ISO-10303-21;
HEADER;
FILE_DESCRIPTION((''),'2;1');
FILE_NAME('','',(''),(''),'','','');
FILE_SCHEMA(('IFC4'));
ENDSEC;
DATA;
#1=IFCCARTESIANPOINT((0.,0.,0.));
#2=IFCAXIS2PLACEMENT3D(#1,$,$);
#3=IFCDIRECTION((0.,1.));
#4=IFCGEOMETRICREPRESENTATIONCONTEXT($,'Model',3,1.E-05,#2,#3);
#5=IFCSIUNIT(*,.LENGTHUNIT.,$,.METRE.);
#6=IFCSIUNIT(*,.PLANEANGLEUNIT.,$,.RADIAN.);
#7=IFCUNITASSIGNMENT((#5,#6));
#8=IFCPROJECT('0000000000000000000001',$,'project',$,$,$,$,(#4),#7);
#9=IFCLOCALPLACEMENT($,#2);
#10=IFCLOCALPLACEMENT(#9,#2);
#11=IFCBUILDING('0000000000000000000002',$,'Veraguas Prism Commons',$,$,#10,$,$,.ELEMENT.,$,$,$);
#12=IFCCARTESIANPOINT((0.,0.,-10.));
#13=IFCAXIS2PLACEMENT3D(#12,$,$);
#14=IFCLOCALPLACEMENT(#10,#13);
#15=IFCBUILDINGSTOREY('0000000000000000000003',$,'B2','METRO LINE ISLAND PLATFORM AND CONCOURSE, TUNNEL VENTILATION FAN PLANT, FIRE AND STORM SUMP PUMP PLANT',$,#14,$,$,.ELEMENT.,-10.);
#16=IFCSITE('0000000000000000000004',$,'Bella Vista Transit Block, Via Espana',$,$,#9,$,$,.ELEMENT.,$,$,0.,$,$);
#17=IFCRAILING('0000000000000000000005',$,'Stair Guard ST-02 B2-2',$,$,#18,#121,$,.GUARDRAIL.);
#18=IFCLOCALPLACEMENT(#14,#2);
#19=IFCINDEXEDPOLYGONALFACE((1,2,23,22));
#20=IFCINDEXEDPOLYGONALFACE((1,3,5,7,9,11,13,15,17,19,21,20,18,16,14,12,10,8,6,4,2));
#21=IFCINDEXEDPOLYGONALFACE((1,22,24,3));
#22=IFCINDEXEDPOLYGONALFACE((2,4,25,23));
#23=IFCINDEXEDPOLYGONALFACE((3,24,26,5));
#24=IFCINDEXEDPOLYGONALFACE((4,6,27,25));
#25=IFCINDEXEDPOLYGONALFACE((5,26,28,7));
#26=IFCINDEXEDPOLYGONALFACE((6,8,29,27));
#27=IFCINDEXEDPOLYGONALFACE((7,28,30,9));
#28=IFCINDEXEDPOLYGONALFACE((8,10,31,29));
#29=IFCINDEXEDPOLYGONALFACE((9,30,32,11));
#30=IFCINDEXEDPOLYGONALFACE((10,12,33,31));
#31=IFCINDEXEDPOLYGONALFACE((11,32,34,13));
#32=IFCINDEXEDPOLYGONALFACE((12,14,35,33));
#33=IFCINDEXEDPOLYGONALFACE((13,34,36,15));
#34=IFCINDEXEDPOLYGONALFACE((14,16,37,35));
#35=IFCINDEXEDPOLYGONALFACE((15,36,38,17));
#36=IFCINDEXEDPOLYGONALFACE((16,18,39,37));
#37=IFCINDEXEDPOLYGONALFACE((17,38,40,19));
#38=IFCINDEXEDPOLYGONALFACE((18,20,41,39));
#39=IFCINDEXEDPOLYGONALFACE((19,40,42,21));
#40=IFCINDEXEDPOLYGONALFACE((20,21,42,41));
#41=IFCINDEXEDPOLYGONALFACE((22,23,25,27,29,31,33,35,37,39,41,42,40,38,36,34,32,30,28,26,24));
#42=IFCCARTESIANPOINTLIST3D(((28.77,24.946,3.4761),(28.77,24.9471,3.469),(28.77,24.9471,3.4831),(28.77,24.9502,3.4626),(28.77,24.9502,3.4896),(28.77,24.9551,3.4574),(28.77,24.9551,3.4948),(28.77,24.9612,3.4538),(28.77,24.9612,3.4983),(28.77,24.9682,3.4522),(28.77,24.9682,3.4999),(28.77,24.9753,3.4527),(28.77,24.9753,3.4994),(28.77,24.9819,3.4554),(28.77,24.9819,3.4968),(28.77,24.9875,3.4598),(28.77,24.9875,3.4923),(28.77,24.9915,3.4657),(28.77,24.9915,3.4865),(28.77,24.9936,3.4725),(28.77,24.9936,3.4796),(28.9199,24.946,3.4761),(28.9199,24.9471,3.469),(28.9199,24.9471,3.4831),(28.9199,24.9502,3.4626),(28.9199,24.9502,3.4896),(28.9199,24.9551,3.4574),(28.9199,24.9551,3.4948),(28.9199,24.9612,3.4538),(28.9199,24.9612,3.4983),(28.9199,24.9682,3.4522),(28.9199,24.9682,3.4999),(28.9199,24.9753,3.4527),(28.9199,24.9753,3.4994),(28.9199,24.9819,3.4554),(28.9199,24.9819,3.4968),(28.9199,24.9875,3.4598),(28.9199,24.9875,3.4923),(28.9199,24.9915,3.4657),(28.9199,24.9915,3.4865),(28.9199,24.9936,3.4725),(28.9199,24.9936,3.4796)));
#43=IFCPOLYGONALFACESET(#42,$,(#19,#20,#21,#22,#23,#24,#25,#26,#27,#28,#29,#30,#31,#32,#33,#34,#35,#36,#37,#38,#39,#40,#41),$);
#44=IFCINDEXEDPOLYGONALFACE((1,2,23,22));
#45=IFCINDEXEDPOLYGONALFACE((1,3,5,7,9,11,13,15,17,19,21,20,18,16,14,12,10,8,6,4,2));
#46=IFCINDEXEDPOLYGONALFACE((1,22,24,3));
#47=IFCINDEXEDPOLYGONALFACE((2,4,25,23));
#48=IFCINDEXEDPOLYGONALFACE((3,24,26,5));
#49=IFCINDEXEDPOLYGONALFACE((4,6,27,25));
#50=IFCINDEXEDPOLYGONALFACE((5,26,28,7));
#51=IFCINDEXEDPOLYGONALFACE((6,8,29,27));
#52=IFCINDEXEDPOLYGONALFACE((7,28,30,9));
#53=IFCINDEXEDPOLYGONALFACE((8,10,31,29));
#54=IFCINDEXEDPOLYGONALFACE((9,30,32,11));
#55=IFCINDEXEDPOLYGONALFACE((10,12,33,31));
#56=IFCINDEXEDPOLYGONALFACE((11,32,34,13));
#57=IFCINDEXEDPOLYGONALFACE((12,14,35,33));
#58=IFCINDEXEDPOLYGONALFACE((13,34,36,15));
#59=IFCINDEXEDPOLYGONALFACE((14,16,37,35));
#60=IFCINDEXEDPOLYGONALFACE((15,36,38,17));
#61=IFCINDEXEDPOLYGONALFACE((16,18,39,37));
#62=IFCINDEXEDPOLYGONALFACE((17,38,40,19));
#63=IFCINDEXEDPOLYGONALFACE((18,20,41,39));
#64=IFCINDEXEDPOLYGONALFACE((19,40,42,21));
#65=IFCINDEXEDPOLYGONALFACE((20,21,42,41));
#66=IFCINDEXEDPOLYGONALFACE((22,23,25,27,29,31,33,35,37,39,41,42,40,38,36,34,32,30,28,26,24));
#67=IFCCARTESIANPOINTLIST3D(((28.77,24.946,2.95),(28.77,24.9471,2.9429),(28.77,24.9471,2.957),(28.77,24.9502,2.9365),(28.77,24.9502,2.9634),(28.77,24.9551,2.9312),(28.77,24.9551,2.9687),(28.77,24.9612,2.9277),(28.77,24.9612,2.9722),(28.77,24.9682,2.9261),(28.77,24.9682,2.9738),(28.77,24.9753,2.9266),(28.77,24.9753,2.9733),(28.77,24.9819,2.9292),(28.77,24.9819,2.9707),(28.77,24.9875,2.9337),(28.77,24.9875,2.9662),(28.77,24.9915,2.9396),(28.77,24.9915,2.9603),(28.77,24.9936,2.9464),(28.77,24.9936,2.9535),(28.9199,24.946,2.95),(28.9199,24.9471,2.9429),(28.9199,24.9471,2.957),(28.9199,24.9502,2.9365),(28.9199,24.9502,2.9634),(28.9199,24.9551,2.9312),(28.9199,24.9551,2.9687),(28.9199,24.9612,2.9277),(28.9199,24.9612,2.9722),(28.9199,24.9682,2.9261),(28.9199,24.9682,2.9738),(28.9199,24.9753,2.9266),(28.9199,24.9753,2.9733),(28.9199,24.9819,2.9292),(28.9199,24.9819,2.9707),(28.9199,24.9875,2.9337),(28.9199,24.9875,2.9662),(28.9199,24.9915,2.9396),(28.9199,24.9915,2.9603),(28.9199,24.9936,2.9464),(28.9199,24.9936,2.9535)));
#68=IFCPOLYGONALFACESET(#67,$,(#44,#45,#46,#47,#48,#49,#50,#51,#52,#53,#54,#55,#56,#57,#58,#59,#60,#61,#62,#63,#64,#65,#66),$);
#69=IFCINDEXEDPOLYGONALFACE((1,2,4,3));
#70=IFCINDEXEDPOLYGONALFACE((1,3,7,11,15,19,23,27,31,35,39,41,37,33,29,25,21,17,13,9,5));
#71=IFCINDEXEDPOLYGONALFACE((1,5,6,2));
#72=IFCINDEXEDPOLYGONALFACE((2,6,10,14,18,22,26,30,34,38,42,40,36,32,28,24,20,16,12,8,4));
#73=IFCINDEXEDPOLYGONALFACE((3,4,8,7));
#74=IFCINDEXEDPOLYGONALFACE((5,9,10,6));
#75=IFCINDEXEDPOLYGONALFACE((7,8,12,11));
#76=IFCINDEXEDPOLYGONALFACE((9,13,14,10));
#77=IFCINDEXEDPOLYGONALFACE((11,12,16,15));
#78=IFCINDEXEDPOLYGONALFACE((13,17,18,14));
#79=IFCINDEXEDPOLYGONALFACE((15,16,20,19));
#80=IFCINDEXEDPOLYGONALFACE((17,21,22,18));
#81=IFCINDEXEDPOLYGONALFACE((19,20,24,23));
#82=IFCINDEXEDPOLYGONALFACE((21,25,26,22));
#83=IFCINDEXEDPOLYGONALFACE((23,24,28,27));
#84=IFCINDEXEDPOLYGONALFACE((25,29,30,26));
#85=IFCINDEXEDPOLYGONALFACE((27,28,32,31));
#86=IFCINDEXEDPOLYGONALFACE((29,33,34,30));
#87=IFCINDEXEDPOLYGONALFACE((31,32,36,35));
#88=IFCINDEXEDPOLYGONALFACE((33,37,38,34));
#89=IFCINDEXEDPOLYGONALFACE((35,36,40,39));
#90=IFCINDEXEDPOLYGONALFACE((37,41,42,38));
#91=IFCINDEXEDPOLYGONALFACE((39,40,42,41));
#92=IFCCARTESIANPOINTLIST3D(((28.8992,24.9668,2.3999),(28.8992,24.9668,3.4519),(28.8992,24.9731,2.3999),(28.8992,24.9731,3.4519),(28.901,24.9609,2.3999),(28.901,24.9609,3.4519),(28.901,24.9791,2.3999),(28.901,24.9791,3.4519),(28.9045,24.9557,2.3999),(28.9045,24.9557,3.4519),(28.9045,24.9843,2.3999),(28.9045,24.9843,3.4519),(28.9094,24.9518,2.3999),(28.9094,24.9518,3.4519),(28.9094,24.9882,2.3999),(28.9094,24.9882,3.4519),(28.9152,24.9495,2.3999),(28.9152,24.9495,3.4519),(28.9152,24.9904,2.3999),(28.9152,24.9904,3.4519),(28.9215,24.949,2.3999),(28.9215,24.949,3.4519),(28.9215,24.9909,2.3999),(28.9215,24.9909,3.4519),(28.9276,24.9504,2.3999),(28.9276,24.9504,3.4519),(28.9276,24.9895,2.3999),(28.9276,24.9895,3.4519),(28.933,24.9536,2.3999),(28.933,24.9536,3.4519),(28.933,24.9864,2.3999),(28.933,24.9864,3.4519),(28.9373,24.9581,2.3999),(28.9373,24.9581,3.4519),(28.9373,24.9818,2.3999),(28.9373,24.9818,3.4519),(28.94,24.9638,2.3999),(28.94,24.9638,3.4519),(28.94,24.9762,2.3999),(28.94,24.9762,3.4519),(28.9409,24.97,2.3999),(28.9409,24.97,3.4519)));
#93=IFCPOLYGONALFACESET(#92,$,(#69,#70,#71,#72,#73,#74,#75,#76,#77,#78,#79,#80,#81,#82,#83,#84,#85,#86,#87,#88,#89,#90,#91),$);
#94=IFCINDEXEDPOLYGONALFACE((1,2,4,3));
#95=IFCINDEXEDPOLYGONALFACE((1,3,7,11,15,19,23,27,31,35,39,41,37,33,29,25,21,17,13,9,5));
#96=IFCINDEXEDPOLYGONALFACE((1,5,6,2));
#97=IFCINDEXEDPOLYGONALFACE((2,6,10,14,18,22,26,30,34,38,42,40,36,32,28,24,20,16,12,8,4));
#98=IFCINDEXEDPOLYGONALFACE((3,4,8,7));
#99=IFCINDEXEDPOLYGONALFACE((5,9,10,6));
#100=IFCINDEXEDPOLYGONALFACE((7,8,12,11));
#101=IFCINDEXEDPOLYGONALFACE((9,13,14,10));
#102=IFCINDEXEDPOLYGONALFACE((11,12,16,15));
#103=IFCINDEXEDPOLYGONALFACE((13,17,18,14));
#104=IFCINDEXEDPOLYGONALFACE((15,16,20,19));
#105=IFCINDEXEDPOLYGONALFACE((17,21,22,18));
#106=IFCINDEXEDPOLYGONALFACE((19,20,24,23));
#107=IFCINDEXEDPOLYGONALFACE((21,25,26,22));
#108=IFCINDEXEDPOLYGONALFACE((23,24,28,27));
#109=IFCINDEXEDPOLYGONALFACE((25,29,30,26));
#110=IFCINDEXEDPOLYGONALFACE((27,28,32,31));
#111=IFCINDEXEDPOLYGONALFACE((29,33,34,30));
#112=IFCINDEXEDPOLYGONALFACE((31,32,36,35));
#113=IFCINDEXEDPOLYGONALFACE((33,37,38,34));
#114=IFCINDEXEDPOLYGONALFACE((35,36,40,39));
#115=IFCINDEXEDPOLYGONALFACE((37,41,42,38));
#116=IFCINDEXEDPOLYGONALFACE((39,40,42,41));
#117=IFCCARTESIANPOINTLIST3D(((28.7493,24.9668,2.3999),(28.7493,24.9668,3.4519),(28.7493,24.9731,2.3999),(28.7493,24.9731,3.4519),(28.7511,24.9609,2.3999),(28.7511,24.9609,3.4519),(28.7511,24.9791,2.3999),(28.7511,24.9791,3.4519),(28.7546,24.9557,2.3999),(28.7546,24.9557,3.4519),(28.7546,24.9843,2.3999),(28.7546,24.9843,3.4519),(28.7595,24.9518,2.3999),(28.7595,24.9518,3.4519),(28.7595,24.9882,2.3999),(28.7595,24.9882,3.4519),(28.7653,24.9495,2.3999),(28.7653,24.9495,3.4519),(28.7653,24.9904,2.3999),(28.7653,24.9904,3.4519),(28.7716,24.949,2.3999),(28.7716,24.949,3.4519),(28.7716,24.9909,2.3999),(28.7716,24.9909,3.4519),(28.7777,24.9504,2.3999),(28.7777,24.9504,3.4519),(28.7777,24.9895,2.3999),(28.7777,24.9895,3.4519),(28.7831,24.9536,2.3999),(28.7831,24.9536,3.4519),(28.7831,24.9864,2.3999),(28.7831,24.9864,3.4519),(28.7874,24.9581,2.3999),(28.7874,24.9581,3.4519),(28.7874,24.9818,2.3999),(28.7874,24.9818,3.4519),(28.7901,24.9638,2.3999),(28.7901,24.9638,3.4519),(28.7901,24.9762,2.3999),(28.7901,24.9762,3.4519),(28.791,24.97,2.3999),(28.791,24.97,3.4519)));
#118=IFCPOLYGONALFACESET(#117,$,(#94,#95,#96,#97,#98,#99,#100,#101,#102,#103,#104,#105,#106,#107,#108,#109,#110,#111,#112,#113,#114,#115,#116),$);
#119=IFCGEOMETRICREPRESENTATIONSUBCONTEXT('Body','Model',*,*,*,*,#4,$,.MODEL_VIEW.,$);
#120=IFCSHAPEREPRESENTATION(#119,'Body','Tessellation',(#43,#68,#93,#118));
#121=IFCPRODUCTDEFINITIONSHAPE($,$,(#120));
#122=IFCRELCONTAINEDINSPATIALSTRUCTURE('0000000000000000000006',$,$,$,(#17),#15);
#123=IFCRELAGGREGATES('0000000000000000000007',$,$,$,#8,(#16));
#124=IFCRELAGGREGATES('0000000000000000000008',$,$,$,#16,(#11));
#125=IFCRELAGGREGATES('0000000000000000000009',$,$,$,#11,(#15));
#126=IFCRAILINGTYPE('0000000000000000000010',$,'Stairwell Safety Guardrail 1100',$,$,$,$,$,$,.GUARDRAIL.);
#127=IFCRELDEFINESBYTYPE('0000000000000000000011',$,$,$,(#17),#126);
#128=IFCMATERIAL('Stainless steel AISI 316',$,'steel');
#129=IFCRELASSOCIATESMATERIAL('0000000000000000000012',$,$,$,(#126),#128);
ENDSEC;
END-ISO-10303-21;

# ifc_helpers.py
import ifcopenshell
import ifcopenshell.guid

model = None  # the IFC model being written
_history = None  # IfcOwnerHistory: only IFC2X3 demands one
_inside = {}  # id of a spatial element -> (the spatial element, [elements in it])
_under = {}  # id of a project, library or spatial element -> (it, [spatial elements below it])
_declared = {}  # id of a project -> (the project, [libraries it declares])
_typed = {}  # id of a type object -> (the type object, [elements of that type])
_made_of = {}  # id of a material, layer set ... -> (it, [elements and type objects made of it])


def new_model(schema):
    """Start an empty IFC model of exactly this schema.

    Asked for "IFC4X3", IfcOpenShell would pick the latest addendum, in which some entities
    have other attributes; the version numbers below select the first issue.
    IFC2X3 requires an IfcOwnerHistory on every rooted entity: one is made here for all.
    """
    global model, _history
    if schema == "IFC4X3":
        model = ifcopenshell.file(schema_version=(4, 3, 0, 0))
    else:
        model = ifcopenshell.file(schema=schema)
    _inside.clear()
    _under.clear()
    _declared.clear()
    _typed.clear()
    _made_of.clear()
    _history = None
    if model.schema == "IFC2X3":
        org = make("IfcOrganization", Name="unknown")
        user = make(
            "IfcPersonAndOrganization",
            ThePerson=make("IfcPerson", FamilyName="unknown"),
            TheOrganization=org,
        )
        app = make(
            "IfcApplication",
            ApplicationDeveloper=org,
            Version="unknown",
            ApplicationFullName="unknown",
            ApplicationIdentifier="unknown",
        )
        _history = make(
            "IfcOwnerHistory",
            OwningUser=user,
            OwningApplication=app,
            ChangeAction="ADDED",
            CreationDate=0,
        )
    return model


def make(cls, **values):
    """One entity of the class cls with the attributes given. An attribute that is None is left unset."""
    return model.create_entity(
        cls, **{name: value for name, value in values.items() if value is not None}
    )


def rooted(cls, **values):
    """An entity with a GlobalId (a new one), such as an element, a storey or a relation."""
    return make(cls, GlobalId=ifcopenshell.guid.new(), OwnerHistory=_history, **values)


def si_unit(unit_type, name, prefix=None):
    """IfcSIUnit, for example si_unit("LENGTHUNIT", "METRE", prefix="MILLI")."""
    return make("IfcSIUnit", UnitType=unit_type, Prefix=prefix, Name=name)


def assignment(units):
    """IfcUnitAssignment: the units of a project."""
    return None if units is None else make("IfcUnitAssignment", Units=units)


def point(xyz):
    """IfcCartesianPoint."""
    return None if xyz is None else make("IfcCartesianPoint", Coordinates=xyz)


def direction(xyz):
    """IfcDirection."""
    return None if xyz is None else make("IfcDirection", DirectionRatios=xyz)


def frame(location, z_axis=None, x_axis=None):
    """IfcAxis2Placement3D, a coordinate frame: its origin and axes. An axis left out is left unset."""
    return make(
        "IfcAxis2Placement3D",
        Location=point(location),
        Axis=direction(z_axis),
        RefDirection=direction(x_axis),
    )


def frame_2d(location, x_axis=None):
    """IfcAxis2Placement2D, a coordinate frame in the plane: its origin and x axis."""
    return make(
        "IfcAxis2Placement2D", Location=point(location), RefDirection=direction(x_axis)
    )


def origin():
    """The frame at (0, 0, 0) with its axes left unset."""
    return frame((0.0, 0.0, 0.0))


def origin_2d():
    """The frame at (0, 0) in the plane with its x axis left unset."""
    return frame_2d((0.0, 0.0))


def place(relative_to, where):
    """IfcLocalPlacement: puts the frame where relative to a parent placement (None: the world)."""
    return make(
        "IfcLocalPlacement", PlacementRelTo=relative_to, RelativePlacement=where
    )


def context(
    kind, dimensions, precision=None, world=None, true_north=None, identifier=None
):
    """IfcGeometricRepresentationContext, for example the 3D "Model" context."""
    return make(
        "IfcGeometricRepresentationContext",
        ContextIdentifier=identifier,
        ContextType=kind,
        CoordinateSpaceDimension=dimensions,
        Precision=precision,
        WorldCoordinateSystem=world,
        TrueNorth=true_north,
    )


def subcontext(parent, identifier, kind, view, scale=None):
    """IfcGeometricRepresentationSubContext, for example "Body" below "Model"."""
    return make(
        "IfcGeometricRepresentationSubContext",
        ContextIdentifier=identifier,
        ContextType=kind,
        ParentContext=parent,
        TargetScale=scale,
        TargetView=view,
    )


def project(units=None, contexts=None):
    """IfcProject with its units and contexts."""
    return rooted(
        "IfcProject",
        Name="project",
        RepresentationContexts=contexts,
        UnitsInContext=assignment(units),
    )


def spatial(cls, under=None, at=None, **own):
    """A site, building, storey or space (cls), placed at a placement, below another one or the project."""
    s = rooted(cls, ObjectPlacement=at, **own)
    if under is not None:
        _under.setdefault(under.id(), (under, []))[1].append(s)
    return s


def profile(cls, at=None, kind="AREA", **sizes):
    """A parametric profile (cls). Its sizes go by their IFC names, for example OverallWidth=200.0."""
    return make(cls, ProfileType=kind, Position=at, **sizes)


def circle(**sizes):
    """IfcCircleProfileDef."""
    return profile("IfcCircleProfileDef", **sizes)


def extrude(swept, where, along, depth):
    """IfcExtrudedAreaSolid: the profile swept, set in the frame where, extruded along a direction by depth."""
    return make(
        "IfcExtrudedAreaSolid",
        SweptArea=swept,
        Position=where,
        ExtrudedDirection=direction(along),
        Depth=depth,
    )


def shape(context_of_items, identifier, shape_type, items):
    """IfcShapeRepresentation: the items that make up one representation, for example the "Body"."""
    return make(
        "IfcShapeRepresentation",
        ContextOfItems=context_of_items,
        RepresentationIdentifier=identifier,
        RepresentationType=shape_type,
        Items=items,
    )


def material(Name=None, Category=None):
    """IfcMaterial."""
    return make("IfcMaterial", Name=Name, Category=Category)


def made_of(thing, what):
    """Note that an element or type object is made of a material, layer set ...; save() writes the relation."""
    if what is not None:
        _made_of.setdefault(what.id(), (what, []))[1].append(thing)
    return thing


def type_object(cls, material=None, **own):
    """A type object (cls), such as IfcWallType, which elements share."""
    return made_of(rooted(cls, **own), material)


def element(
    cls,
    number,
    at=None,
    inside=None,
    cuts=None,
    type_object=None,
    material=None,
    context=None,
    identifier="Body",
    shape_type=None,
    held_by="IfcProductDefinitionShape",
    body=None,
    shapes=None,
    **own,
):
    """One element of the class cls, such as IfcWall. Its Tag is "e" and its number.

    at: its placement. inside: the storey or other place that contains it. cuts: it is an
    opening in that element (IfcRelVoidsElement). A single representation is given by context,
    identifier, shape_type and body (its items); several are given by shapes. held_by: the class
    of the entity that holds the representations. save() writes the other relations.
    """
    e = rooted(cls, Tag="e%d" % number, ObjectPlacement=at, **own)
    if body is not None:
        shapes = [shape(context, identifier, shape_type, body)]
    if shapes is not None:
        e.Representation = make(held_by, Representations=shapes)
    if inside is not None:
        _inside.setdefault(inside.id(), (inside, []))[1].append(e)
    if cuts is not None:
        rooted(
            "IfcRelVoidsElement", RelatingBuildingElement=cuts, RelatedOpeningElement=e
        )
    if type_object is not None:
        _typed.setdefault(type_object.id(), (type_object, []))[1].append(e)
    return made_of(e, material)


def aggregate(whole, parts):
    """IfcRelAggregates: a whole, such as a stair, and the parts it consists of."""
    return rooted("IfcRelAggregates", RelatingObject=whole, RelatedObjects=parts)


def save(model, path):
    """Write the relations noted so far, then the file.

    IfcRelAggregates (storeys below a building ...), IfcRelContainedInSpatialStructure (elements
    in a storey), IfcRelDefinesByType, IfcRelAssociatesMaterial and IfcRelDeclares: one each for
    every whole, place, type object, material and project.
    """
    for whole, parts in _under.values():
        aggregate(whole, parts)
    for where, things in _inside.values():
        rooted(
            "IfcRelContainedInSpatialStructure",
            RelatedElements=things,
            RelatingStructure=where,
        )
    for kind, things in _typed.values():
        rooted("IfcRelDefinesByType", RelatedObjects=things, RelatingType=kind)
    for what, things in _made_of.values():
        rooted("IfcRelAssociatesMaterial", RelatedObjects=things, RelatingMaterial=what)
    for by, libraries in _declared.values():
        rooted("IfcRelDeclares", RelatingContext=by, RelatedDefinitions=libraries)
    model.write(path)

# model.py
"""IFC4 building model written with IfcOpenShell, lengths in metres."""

from ifc_helpers import new_model, si_unit, direction, frame, origin, origin_2d, place, context, subcontext, project, spatial, circle, extrude, material, type_object, element, save


model = new_model("IFC4")

# Units and contexts
model_context = context("Model", 3, precision=1e-05, world=origin(), true_north=direction((0.0, 1.0)))
body_context = subcontext(model_context, "Body", "Model", "MODEL_VIEW")
ifc_project = project(units=[si_unit("LENGTHUNIT", "METRE"), si_unit("PLANEANGLEUNIT", "RADIAN")], contexts=[model_context])

# Site, building, storey
site_placement = place(None, origin())
site = spatial("IfcSite", under=ifc_project, at=site_placement, Name="Bella Vista Transit Block, Via Espana", CompositionType="ELEMENT", RefElevation=0.0)
building_placement = place(site_placement, origin())
building = spatial("IfcBuilding", under=site, at=building_placement, Name="Veraguas Prism Commons", CompositionType="ELEMENT")
storey_placement = place(building_placement, frame((0.0, 0.0, -10.0)))
storey = spatial("IfcBuildingStorey", under=building, at=storey_placement, Name="B2", Description="METRO LINE ISLAND PLATFORM AND CONCOURSE, TUNNEL VENTILATION FAN PLANT, FIRE AND STORM SUMP PUMP PLANT", CompositionType="ELEMENT", Elevation=-10.0)

# Railing
ifc_material_1 = material(Name="Stainless steel AISI 316", Category="steel")
railing_type_1 = type_object("IfcRailingType", Name="Stairwell Safety Guardrail 1100", PredefinedType="GUARDRAIL", material=ifc_material_1)
railing_1_placement = place(storey_placement, frame((28.9199, 24.97, 2.3999)))
element("IfcRailing", 1, at=railing_1_placement, inside=storey, type_object=railing_type_1, Name="Stair Guard ST-02 B2-2", PredefinedType="GUARDRAIL", context=body_context, shape_type="SweptSolid", body=[
    extrude(circle(Radius=0.0239, at=origin_2d()), frame((0.0, 0.0, 1.0762), z_axis=(-1.0, 0.0, 0.0), x_axis=(0.0, -1.0, 0.0)), (0.0, 0.0, 1.0), 0.1499),
    extrude(circle(Radius=0.0239, at=origin_2d()), frame((0.0, 0.0, 0.55), z_axis=(-1.0, 0.0, 0.0), x_axis=(0.0, -1.0, 0.0)), (0.0, 0.0, 1.0), 0.1499),
    extrude(circle(Radius=0.021, at=origin_2d()), origin(), (0.0, 0.0, 1.0), 1.052),
    extrude(circle(Radius=0.021, at=origin_2d()), frame((-0.1499, 0.0, 0.0)), (0.0, 0.0, 1.0), 1.052),
])

save(model, "model.ifc")
